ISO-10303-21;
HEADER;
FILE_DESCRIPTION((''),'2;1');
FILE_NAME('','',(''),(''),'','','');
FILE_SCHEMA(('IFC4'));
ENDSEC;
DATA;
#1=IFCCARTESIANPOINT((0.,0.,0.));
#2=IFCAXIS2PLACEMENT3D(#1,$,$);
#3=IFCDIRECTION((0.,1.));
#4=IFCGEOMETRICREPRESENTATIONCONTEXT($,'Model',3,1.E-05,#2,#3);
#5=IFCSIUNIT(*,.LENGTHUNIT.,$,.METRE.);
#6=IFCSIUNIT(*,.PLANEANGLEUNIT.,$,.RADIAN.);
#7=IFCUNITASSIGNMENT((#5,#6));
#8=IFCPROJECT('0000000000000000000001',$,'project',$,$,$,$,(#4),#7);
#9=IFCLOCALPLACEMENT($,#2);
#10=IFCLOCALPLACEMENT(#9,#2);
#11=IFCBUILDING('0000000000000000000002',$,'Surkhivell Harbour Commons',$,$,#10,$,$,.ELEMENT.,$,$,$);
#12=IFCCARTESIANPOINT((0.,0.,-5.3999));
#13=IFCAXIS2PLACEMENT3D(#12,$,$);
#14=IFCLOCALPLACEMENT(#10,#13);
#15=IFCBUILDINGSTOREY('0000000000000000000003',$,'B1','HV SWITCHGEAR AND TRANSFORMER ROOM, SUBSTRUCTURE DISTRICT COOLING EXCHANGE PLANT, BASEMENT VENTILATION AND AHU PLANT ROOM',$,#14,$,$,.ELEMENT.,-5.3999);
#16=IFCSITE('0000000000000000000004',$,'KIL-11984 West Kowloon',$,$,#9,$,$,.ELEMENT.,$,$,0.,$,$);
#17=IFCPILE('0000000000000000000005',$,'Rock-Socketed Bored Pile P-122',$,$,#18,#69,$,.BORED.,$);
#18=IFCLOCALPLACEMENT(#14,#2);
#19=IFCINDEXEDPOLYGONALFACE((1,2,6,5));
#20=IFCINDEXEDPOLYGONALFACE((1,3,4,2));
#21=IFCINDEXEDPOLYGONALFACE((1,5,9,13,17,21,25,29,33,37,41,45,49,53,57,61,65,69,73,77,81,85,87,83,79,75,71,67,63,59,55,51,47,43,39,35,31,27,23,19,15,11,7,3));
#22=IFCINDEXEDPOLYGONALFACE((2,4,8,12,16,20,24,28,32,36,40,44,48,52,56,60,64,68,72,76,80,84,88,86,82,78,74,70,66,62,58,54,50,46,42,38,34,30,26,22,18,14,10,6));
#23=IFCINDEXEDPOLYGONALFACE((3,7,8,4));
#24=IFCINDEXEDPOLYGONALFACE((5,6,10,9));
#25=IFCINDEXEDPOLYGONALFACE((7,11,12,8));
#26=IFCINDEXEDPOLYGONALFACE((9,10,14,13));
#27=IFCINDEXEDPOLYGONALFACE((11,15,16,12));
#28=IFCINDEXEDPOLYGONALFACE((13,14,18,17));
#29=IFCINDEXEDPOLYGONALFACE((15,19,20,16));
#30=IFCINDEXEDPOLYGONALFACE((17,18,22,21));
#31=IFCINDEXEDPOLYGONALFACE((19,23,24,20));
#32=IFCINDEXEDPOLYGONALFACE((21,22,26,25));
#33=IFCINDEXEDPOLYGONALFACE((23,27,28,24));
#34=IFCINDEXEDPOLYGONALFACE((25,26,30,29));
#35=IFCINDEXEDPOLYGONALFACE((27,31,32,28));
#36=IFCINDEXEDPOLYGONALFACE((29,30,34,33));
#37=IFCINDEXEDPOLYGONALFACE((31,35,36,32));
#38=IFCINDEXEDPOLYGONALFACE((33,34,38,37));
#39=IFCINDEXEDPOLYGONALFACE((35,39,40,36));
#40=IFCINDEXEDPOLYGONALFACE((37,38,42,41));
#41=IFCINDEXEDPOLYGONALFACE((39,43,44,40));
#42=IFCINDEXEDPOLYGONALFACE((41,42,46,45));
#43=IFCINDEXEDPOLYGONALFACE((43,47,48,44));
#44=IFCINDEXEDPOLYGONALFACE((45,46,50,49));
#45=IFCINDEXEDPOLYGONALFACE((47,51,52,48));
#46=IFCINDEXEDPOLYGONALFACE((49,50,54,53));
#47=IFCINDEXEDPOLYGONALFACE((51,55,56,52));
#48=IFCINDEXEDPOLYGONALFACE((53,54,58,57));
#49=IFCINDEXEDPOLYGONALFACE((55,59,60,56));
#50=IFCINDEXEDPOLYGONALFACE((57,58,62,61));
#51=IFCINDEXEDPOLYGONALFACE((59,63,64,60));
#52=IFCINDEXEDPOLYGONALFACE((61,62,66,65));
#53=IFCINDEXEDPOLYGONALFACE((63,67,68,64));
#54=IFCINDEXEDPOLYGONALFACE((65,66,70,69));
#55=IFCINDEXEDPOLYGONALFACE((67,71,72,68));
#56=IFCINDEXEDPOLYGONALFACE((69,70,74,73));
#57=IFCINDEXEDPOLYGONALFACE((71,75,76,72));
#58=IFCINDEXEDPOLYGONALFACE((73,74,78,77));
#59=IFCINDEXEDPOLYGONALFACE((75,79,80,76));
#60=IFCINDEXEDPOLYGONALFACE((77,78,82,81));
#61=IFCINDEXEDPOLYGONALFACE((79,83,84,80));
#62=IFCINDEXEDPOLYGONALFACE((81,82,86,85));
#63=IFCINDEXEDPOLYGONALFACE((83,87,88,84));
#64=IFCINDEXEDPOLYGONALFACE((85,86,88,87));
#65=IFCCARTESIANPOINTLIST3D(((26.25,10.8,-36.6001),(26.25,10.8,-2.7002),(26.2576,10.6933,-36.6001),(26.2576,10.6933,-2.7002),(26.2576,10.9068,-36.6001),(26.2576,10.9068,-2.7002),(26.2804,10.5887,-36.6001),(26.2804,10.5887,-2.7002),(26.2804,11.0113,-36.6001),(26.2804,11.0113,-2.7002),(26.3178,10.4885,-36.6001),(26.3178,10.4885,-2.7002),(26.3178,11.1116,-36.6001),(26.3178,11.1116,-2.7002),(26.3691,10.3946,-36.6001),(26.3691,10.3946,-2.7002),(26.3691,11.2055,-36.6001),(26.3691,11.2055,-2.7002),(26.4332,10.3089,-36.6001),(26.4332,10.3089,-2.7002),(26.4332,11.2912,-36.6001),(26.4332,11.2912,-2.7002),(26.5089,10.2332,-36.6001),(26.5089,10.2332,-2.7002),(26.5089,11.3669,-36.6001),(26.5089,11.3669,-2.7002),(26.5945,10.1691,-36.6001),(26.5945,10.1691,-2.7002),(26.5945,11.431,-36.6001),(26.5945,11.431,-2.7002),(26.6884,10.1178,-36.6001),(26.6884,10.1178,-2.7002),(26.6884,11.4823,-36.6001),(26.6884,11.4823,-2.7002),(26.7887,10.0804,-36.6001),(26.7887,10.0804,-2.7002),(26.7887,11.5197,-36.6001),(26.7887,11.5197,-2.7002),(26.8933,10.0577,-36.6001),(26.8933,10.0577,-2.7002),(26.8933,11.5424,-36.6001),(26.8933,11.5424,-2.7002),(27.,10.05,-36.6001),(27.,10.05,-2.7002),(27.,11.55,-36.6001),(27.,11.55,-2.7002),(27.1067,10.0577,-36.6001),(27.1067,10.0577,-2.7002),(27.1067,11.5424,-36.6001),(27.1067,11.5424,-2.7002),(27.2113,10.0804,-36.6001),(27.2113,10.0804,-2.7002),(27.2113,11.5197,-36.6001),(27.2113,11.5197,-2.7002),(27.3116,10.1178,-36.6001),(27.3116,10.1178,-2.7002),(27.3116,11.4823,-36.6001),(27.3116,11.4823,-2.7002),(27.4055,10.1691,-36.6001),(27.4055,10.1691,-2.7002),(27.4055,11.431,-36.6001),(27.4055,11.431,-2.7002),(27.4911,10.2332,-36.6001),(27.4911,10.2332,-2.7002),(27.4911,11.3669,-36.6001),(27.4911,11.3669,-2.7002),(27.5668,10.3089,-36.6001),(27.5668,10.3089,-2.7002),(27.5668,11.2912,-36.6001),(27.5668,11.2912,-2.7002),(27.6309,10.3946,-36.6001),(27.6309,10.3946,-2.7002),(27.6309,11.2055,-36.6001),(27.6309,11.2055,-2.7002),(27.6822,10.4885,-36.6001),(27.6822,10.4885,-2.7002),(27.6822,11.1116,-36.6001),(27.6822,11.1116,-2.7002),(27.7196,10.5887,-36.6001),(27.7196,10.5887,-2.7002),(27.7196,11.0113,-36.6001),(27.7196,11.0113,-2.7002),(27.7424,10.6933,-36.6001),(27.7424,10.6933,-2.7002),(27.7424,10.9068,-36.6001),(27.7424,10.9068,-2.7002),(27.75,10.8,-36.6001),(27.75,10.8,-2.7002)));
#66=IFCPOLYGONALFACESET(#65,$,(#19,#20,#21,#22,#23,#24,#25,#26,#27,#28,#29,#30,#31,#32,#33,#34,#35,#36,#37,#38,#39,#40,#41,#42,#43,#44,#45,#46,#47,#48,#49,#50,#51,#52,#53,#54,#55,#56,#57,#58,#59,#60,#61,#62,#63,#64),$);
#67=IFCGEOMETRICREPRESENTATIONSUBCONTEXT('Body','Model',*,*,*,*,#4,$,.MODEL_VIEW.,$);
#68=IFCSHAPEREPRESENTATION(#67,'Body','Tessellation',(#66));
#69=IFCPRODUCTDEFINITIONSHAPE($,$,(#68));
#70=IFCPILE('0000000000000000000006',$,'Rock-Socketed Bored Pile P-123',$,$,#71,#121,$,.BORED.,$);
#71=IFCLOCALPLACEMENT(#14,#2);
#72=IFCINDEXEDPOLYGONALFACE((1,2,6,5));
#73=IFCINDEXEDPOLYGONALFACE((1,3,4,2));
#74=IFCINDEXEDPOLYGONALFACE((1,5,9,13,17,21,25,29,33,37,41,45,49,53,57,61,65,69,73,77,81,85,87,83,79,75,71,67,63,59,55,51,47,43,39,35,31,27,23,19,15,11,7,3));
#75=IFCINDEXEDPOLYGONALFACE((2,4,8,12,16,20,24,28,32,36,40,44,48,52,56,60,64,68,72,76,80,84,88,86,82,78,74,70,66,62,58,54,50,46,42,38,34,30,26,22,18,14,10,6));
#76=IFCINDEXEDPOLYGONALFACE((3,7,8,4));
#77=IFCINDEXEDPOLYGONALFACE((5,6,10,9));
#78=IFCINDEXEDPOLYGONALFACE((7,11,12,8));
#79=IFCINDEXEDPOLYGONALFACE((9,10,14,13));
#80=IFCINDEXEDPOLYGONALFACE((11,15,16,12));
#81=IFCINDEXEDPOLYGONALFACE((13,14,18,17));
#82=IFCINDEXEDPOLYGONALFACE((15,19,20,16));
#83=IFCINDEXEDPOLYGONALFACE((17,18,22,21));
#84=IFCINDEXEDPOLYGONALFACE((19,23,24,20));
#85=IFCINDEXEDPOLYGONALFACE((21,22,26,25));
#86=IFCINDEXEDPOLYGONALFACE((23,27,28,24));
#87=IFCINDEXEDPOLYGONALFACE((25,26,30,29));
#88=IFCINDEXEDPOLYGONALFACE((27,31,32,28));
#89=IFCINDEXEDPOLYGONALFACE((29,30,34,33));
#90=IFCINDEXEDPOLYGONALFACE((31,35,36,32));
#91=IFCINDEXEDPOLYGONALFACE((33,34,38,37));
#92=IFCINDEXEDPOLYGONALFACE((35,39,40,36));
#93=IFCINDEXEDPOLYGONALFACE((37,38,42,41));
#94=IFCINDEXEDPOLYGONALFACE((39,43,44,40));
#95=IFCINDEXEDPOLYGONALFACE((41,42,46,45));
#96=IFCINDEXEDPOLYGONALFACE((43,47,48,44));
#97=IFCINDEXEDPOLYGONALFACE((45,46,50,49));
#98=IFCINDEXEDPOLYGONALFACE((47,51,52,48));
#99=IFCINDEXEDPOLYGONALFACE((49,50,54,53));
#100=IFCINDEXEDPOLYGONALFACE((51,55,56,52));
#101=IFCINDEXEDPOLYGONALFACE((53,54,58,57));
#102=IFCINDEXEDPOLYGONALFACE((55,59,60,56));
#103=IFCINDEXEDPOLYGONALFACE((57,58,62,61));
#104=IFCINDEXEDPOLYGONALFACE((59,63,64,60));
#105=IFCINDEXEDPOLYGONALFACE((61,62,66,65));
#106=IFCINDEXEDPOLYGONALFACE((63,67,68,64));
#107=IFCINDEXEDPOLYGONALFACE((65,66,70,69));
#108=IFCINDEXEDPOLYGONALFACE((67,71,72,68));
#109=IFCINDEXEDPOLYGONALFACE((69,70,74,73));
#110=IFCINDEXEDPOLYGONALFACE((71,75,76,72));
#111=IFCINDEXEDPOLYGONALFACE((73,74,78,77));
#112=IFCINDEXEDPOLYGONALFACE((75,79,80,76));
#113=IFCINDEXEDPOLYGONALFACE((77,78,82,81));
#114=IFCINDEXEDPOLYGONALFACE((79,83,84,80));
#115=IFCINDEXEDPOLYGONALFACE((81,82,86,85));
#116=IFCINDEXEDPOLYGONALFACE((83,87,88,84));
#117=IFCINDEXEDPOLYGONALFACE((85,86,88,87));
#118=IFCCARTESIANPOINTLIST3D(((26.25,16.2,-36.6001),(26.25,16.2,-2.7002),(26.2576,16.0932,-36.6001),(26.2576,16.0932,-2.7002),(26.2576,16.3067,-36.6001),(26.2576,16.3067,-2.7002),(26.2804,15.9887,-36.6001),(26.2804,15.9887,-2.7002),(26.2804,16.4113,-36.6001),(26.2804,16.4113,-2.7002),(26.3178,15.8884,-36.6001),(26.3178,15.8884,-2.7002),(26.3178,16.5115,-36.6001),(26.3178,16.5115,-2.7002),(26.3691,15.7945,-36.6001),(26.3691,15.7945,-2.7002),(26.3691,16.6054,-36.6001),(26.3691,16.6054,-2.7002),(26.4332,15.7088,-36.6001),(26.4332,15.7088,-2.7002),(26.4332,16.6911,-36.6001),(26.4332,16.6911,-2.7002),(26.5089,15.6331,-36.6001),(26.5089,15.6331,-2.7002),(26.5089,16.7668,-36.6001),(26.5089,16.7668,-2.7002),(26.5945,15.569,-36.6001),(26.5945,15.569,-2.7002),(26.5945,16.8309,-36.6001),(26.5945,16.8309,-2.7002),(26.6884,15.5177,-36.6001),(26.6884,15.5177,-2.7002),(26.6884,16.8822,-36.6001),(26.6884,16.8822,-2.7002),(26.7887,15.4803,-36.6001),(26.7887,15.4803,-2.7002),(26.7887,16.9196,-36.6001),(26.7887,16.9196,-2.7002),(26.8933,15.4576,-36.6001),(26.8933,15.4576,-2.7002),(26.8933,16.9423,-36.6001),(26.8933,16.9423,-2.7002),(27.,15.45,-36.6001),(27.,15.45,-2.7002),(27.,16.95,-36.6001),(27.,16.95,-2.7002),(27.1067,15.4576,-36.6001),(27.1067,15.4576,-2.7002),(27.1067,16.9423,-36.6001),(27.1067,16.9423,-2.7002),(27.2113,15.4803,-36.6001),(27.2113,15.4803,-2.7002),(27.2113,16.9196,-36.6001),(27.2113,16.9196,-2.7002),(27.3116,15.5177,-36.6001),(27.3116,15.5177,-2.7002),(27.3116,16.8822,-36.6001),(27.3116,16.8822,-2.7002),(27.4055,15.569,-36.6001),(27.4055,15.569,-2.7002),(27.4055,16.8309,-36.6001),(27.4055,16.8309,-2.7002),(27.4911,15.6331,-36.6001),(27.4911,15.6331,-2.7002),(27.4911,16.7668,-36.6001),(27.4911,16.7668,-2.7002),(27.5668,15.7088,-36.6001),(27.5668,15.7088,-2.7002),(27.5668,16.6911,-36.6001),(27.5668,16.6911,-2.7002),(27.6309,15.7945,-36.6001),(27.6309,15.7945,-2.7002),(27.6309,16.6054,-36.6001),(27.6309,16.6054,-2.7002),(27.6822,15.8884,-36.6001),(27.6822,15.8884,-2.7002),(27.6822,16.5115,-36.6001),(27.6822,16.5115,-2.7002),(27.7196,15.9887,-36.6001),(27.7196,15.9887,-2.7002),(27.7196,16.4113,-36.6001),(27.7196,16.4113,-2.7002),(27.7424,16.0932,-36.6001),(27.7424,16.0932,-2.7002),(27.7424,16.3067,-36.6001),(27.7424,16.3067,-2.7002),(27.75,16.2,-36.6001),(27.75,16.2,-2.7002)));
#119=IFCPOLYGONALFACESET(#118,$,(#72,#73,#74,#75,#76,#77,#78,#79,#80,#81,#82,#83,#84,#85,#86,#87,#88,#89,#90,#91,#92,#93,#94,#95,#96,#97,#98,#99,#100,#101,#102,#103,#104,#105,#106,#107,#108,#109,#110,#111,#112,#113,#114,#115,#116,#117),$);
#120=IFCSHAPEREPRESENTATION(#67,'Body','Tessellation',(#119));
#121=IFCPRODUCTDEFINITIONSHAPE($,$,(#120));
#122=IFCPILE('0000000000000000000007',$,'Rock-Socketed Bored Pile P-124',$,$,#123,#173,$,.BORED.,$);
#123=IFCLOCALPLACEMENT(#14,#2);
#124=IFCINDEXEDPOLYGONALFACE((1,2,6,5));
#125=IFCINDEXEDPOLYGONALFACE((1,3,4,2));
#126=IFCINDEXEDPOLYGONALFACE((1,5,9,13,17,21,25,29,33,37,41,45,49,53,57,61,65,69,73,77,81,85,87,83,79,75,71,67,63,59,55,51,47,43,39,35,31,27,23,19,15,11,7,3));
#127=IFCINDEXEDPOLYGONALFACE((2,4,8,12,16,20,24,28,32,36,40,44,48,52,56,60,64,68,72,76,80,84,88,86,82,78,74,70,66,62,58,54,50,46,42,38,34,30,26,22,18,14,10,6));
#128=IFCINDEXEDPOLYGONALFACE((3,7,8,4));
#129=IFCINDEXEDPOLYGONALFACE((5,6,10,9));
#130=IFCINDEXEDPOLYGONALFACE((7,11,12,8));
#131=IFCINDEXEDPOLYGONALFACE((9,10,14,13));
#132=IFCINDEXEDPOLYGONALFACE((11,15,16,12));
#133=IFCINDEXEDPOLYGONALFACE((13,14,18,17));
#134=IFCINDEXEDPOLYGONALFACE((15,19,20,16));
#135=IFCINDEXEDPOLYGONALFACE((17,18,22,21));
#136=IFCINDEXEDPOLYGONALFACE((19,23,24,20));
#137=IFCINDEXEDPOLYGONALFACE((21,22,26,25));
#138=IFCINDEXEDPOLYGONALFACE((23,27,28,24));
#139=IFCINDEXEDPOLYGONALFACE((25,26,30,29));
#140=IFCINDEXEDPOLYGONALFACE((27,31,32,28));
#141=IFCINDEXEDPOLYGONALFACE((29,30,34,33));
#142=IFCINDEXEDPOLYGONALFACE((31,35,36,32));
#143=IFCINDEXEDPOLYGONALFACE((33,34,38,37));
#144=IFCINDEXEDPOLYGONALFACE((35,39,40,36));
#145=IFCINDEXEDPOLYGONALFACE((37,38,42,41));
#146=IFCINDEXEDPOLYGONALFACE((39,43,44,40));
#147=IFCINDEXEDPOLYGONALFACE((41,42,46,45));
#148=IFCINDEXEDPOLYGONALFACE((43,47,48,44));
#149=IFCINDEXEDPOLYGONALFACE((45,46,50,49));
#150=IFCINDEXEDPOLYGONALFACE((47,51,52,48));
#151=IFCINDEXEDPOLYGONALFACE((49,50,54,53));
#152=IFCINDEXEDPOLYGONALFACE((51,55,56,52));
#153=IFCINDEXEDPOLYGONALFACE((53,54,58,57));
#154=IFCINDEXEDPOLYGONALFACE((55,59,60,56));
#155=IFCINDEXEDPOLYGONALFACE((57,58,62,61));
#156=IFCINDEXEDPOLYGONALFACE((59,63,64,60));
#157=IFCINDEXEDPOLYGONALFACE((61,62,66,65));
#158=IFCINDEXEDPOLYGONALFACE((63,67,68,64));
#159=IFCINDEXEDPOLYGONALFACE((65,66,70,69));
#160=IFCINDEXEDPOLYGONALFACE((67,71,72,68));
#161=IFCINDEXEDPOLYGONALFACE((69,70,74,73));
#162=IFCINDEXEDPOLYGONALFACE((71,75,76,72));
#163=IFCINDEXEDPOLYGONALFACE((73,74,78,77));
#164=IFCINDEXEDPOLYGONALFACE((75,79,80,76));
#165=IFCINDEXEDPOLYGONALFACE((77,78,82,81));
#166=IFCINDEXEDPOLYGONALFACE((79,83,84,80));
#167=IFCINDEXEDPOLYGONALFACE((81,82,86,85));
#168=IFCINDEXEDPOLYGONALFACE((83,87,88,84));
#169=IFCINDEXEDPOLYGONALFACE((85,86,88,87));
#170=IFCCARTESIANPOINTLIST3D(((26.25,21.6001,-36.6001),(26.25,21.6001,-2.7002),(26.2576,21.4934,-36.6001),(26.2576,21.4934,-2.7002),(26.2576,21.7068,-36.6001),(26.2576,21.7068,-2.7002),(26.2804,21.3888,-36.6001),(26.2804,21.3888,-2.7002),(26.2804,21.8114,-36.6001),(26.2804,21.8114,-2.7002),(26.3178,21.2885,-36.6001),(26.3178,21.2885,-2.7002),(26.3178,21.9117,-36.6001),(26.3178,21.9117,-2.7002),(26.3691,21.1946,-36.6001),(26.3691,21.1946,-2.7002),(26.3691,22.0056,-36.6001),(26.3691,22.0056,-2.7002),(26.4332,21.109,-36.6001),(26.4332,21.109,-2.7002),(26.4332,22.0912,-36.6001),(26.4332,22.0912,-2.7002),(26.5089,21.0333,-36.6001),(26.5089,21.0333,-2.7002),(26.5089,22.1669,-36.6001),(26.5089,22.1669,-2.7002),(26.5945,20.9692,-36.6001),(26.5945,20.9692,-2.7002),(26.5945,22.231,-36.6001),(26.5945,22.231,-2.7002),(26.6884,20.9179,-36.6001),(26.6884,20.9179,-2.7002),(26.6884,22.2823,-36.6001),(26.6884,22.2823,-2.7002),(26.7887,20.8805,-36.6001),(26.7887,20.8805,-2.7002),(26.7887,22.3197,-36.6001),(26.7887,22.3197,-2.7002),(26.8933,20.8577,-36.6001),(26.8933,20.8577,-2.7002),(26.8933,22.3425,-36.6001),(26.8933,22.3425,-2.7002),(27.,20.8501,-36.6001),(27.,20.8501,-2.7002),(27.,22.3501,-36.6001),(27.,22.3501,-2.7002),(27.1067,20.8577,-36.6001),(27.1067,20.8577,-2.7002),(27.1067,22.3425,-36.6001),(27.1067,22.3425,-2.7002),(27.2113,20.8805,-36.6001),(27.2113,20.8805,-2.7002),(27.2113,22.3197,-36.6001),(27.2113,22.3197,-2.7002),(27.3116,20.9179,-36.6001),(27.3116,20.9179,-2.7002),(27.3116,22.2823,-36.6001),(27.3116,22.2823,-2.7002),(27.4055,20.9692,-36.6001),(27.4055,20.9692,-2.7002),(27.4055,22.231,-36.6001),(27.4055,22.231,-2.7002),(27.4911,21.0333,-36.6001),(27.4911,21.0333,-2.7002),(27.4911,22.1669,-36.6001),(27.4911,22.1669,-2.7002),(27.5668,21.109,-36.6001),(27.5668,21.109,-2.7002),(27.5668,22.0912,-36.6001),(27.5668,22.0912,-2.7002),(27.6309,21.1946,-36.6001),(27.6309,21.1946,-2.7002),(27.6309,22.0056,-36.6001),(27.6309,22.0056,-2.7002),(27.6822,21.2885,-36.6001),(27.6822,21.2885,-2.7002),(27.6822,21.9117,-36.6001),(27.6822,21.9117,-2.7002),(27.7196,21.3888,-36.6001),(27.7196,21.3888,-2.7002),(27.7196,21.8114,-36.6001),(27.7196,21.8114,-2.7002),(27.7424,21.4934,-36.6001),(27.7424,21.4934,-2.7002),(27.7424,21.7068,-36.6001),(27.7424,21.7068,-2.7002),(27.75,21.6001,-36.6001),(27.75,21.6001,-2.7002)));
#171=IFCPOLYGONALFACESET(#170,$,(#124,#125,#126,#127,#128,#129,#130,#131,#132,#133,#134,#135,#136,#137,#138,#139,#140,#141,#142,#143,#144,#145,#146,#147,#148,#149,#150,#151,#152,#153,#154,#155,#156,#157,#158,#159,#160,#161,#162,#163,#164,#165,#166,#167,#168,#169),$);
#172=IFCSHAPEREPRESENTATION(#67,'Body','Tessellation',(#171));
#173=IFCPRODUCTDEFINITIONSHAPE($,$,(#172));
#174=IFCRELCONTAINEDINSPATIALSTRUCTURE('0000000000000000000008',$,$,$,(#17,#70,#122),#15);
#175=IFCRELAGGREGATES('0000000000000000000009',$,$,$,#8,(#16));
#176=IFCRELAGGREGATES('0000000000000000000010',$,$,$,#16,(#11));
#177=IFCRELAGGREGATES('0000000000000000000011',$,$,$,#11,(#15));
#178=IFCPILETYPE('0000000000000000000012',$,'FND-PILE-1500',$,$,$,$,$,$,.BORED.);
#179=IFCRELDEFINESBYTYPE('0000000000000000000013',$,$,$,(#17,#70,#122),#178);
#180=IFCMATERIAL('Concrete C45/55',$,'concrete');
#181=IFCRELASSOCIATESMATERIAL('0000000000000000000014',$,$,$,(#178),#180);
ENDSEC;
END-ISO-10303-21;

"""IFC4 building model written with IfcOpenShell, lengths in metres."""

from ifc_helpers import new_model, si_unit, direction, frame, origin, origin_2d, place, context, subcontext, project, spatial, circle, extrude, material, material_profile, profile_set, type_object, element, save


model = new_model("IFC4")

# Units and contexts
model_context = context("Model", 3, precision=1e-05, world=origin(), true_north=direction((0.0, 1.0)))
body_context = subcontext(model_context, "Body", "Model", "MODEL_VIEW")
ifc_project = project(units=[si_unit("LENGTHUNIT", "METRE"), si_unit("PLANEANGLEUNIT", "RADIAN")], contexts=[model_context])

# Site, building, storey
site_placement = place(None, origin())
site = spatial("IfcSite", under=ifc_project, at=site_placement, Name="KIL-11984 West Kowloon", CompositionType="ELEMENT", RefElevation=0.0)
building_placement = place(site_placement, origin())
building = spatial("IfcBuilding", under=site, at=building_placement, Name="Surkhivell Harbour Commons", CompositionType="ELEMENT")
storey_placement = place(building_placement, frame((0.0, 0.0, -5.3999)))
storey = spatial("IfcBuildingStorey", under=building, at=storey_placement, Name="B1", Description="HV SWITCHGEAR AND TRANSFORMER ROOM, SUBSTRUCTURE DISTRICT COOLING EXCHANGE PLANT, BASEMENT VENTILATION AND AHU PLANT ROOM", CompositionType="ELEMENT", Elevation=-5.3999)

# Piles
ifc_material_1 = material(Name="Concrete C45/55", Category="concrete")
ifc_material_profile_1 = material_profile(ifc_material_1, circle(Radius=0.75, at=origin_2d()), Name="PILE-1500")
ifc_profile_set_1 = profile_set([ifc_material_profile_1], Name="Concrete C45/55")
pile_type_1 = type_object("IfcPileType", Name="FND-PILE-1500", PredefinedType="BORED", material=ifc_profile_set_1)
for number, where, z_axis, x_axis, name in (
    (1, (27.0, 10.8, -2.7002), (0.0, 0.0, -1.0), (1.0, 0.0, 0.0), "Rock-Socketed Bored Pile P-122"),
    (2, (27.0, 16.2, -2.7002), (0.0, 0.0, -1.0), (1.0, 0.0, 0.0), "Rock-Socketed Bored Pile P-123"),
    (3, (27.0, 21.6001, -2.7002), (0.0, 0.0, -1.0), (1.0, 0.0, 0.0), "Rock-Socketed Bored Pile P-124"),
):
    element("IfcPile", number, at=place(storey_placement, frame(where, z_axis=z_axis, x_axis=x_axis)), inside=storey, type_object=pile_type_1, Name=name, PredefinedType="BORED", context=body_context, shape_type="SweptSolid", body=[
        extrude(circle(Radius=0.75, at=origin_2d()), origin(), (0.0, 0.0, 1.0), 33.8999),
    ])

save(model, "model.ifc")
